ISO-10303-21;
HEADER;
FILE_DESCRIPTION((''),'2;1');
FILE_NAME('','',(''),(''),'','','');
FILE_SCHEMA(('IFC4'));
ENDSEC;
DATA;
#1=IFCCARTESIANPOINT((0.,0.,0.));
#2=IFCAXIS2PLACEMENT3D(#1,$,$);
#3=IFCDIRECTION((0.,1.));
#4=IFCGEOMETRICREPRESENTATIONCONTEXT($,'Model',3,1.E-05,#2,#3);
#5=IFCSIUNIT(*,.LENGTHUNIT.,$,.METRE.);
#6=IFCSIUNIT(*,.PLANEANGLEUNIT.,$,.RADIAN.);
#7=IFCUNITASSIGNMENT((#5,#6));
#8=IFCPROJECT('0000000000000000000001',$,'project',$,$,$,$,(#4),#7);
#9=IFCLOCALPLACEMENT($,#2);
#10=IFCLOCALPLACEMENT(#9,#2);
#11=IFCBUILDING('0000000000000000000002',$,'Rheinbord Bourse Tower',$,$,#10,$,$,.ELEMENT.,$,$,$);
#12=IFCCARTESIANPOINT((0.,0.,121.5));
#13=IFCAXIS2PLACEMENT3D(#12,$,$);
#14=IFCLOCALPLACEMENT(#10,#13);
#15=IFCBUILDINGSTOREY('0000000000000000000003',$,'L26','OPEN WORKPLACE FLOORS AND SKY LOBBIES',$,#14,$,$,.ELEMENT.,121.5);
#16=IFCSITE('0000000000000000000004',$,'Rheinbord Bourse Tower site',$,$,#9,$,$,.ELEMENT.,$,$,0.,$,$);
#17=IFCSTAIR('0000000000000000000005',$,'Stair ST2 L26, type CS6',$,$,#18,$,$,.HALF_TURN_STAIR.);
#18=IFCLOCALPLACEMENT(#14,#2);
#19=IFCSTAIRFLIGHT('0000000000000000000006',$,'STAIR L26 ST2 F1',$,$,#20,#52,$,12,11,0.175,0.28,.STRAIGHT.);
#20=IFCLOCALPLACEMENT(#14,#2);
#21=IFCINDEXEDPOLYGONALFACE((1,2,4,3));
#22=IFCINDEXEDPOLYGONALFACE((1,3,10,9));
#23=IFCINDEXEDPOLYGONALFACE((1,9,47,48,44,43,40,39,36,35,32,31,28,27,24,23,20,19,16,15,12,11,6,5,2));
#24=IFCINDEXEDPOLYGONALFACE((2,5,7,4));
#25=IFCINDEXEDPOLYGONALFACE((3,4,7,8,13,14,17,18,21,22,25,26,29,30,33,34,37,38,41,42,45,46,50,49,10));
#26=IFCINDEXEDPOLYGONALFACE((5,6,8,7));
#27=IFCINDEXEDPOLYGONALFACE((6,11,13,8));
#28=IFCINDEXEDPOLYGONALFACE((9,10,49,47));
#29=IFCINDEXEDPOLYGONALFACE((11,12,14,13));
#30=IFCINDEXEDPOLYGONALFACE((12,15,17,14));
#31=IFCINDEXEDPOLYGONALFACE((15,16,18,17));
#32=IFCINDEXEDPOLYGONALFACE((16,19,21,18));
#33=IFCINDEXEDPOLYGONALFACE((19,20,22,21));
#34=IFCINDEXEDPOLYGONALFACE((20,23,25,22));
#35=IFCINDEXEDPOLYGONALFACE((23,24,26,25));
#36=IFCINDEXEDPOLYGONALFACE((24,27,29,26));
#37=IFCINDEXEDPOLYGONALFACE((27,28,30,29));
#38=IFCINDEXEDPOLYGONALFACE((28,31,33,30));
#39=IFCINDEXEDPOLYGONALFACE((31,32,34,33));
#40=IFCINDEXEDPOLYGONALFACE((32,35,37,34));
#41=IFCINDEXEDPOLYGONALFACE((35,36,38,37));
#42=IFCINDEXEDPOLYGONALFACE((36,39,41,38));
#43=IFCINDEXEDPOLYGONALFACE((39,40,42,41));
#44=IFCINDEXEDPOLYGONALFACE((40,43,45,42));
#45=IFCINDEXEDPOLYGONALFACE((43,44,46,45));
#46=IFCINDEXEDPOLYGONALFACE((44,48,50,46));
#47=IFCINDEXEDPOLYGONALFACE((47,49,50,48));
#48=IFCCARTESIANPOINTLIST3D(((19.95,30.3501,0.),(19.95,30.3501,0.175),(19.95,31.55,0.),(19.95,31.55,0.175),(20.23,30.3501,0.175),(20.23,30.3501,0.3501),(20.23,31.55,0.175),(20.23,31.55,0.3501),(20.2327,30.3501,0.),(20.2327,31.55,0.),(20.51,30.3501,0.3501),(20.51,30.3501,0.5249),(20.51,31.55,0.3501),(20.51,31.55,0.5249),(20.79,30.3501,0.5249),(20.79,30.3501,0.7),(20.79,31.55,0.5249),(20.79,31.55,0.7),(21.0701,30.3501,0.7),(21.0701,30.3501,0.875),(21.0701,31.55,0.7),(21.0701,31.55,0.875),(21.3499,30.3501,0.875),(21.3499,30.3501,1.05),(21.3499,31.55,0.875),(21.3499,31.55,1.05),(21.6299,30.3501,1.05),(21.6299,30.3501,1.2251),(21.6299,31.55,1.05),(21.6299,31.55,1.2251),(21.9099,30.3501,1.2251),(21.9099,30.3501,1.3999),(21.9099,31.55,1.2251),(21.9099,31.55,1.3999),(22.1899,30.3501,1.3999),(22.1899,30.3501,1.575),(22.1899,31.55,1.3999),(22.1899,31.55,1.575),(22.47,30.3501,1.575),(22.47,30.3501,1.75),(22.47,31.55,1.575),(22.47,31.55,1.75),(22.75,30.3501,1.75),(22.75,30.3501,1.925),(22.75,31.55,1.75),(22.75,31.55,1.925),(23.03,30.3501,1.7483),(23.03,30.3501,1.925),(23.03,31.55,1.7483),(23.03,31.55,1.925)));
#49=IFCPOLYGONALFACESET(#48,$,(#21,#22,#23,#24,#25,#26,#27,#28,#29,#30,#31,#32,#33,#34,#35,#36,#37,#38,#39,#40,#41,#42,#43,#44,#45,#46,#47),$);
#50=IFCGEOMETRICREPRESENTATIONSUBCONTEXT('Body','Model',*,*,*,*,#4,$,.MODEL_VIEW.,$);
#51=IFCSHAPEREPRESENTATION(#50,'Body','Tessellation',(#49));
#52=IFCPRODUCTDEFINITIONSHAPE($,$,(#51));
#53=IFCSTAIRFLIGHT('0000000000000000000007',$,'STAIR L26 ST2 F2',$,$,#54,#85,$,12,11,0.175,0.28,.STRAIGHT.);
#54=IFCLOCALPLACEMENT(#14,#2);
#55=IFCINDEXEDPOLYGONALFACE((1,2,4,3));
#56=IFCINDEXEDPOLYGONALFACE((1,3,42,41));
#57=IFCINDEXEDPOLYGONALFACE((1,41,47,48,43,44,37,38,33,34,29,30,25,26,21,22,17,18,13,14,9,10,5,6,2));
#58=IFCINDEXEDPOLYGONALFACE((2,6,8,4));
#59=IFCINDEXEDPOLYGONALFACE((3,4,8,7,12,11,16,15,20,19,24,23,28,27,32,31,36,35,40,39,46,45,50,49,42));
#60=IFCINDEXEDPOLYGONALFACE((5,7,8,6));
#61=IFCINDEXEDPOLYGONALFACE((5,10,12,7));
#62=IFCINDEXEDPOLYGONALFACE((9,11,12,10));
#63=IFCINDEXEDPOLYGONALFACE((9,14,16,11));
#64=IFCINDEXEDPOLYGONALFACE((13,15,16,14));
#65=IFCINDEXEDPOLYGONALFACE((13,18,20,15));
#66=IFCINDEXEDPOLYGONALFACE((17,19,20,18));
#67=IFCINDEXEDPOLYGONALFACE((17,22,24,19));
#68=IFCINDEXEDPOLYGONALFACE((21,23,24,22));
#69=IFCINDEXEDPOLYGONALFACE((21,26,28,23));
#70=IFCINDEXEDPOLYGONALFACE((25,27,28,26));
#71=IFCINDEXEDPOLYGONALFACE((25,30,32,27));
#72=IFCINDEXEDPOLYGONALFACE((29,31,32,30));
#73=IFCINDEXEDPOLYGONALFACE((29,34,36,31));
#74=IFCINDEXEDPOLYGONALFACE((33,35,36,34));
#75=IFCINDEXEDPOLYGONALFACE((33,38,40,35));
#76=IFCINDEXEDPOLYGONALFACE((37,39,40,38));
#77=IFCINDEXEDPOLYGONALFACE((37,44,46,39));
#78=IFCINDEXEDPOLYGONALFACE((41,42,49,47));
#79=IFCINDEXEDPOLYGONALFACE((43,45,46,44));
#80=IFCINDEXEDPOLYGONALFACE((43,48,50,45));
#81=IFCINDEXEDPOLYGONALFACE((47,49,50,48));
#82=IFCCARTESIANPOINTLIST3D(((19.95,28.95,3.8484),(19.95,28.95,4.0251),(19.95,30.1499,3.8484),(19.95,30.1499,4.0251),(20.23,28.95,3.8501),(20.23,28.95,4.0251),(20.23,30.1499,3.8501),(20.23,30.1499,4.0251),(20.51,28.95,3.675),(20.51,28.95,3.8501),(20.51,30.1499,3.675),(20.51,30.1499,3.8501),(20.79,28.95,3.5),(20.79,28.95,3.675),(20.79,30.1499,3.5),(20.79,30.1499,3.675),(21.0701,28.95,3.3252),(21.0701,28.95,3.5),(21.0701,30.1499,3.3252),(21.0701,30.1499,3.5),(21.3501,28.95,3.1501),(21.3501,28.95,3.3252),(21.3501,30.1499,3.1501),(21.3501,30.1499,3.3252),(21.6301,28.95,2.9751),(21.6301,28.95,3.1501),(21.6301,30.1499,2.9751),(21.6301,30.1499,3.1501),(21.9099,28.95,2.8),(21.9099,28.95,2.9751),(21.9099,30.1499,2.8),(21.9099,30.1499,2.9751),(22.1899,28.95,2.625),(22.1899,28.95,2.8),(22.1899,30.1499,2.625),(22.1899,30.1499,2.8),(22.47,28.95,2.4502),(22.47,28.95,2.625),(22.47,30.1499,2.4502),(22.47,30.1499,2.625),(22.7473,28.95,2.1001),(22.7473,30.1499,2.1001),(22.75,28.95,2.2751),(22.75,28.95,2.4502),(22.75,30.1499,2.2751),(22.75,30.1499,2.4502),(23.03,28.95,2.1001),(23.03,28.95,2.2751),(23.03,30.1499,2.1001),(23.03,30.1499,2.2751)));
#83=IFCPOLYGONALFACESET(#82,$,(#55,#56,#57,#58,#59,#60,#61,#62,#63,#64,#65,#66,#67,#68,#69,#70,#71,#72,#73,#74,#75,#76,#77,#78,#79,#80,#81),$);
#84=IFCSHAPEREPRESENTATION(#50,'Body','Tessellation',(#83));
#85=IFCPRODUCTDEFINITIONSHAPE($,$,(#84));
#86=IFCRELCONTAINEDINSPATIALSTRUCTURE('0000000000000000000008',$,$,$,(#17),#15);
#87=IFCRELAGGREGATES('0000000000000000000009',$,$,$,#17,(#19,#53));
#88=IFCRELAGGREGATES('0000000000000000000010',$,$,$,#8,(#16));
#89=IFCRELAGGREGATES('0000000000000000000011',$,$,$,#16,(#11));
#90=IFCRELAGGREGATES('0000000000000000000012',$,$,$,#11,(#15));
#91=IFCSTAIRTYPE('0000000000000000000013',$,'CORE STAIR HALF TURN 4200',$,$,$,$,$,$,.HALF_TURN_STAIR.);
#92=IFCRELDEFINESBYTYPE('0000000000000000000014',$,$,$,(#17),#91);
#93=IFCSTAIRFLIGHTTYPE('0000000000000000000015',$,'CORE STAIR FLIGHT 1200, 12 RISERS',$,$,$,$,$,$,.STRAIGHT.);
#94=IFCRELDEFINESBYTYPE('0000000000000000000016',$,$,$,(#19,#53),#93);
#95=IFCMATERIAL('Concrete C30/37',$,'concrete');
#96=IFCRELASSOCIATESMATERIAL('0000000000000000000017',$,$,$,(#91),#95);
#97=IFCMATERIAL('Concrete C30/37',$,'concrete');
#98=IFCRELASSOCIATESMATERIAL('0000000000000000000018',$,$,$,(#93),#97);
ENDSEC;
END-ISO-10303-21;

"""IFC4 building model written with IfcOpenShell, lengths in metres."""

from ifc_helpers import new_model, si_unit, direction, frame, origin, place, context, subcontext, project, spatial, polyline, outline, extrude, material, type_object, element, aggregate, save


model = new_model("IFC4")

# Units and contexts
model_context = context("Model", 3, precision=1e-05, world=origin(), true_north=direction((0.0, 1.0)))
body_context = subcontext(model_context, "Body", "Model", "MODEL_VIEW")
ifc_project = project(units=[si_unit("LENGTHUNIT", "METRE"), si_unit("PLANEANGLEUNIT", "RADIAN")], contexts=[model_context])

# Site, building, storey
site_placement = place(None, origin())
site = spatial("IfcSite", under=ifc_project, at=site_placement, Name="Rheinbord Bourse Tower site", CompositionType="ELEMENT", RefElevation=0.0)
building_placement = place(site_placement, origin())
building = spatial("IfcBuilding", under=site, at=building_placement, Name="Rheinbord Bourse Tower", CompositionType="ELEMENT")
storey_placement = place(building_placement, frame((0.0, 0.0, 121.5)))
storey = spatial("IfcBuildingStorey", under=building, at=storey_placement, Name="L26", Description="OPEN WORKPLACE FLOORS AND SKY LOBBIES", CompositionType="ELEMENT", Elevation=121.5)

# Stair, stair flights
ifc_material_1 = material(Name="Concrete C30/37", Category="concrete")
stair_type = type_object("IfcStairType", Name="CORE STAIR HALF TURN 4200", PredefinedType="HALF_TURN_STAIR", material=ifc_material_1)
stair_placement = place(storey_placement, origin())
stair = element("IfcStair", 1, at=stair_placement, inside=storey, type_object=stair_type, Name="Stair ST2 L26, type CS6", PredefinedType="HALF_TURN_STAIR")
ifc_material_2 = material(Name="Concrete C30/37", Category="concrete")
stair_flight_type = type_object("IfcStairFlightType", Name="CORE STAIR FLIGHT 1200, 12 RISERS", PredefinedType="STRAIGHT", material=ifc_material_2)
stair_flight_1_placement = place(storey_placement, frame((19.95, 30.95, 0.0), z_axis=(0.0, 0.0, 1.0), x_axis=(1.0, 0.0, 0.0)))
stair_flight_1 = element("IfcStairFlight", 2, at=stair_flight_1_placement, type_object=stair_flight_type, Name="STAIR L26 ST2 F1", NumberOfRisers=12, NumberOfTreads=11, PredefinedType="STRAIGHT", RiserHeight=0.175, TreadLength=0.28, context=body_context, shape_type="SweptSolid", body=[
    extrude(outline(polyline([(0.0, 0.0), (0.0, 0.175), (0.28, 0.175), (0.28, 0.3501), (0.5601, 0.3501), (0.5601, 0.5249), (0.8401, 0.5249), (0.8401, 0.7), (1.1201, 0.7), (1.1201, 0.875), (1.3999, 0.875), (1.3999, 1.05), (1.6799, 1.05), (1.6799, 1.2251), (1.96, 1.2251), (1.96, 1.3999), (2.24, 1.3999), (2.24, 1.575), (2.52, 1.575), (2.52, 1.75), (2.8, 1.75), (2.8, 1.925), (3.0801, 1.925), (3.0801, 2.1001), (3.0801, 1.7483), (0.2827, 0.0), (0.0, 0.0)])), frame((0.0, 0.6001, 0.0), z_axis=(0.0, -1.0, 0.0), x_axis=(1.0, 0.0, 0.0)), (0.0, 0.0, 1.0), 1.2),
])
stair_flight_2_placement = place(storey_placement, frame((23.03, 29.55, 2.1001), z_axis=(0.0, 0.0, 1.0), x_axis=(-1.0, 0.0, 0.0)))
stair_flight_2 = element("IfcStairFlight", 3, at=stair_flight_2_placement, type_object=stair_flight_type, Name="STAIR L26 ST2 F2", NumberOfRisers=12, NumberOfTreads=11, PredefinedType="STRAIGHT", RiserHeight=0.175, TreadLength=0.28, context=body_context, shape_type="SweptSolid", body=[
    extrude(outline(polyline([(0.0, 0.0), (0.0, 0.175), (0.28, 0.175), (0.28, 0.3501), (0.5601, 0.3501), (0.5601, 0.5249), (0.8401, 0.5249), (0.8401, 0.7), (1.1201, 0.7), (1.1201, 0.875), (1.3999, 0.875), (1.3999, 1.05), (1.6799, 1.05), (1.6799, 1.2251), (1.96, 1.2251), (1.96, 1.3999), (2.24, 1.3999), (2.24, 1.575), (2.52, 1.575), (2.52, 1.75), (2.8, 1.75), (2.8, 1.925), (3.0801, 1.925), (3.0801, 2.1001), (3.0801, 1.7483), (0.2827, 0.0), (0.0, 0.0)])), frame((0.0, 0.6001, 0.0), z_axis=(0.0, -1.0, 0.0), x_axis=(1.0, 0.0, 0.0)), (0.0, 0.0, 1.0), 1.2),
])
aggregate(stair, [stair_flight_1, stair_flight_2])

save(model, "model.ifc")
